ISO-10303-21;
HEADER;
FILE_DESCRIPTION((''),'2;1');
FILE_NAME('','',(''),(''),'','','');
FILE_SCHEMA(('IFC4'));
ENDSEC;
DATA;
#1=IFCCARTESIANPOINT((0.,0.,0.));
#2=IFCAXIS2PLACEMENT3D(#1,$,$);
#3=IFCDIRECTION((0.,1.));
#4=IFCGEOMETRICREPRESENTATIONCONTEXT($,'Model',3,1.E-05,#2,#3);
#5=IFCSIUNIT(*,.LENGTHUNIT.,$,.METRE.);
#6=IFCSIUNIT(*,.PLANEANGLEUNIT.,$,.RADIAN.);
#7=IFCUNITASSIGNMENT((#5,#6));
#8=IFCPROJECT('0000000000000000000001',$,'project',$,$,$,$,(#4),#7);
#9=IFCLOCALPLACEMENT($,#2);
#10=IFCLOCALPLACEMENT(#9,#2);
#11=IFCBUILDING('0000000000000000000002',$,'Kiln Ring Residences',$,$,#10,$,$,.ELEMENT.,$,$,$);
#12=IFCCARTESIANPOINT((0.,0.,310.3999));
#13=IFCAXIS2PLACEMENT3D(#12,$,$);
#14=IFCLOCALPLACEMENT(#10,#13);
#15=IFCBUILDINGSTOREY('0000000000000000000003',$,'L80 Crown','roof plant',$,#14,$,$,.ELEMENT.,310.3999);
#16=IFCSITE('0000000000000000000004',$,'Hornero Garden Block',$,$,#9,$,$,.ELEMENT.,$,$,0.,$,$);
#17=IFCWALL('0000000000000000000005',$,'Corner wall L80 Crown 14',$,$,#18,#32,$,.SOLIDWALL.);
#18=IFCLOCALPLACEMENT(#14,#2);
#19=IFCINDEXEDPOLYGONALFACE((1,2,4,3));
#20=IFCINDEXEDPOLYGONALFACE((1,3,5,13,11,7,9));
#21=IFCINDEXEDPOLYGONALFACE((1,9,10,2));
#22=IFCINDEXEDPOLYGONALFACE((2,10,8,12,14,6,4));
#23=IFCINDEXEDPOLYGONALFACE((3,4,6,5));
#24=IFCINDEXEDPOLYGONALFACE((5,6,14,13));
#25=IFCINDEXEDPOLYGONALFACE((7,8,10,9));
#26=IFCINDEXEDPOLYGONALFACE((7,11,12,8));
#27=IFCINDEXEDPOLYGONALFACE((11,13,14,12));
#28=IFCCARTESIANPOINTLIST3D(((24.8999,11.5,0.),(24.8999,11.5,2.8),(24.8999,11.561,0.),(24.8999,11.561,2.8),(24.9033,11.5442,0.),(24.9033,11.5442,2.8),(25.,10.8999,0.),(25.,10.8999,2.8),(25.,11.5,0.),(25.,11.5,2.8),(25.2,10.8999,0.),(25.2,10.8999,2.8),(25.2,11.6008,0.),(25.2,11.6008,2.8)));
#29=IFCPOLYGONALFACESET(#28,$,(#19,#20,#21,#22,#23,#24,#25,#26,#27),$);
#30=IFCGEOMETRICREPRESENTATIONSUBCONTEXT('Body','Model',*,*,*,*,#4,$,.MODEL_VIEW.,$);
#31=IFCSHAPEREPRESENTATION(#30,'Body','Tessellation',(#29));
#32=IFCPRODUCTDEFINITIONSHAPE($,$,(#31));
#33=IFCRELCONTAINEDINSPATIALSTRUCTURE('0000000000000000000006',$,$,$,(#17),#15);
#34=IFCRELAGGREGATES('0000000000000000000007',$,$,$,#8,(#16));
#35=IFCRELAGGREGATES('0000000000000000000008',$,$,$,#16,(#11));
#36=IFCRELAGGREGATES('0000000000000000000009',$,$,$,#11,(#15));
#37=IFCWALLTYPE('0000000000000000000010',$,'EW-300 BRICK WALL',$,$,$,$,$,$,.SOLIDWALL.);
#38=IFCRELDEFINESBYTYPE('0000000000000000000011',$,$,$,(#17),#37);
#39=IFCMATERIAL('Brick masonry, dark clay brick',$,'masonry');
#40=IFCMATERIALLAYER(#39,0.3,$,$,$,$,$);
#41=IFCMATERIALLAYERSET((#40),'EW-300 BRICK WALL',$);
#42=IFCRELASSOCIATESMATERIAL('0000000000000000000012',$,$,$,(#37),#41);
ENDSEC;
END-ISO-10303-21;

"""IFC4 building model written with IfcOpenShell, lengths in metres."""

from ifc_helpers import new_model, si_unit, direction, frame, origin, place, context, subcontext, project, spatial, polyline, outline, extrude, material, layer, layer_set, type_object, element, save


model = new_model("IFC4")

# Units and contexts
model_context = context("Model", 3, precision=1e-05, world=origin(), true_north=direction((0.0, 1.0)))
body_context = subcontext(model_context, "Body", "Model", "MODEL_VIEW")
ifc_project = project(units=[si_unit("LENGTHUNIT", "METRE"), si_unit("PLANEANGLEUNIT", "RADIAN")], contexts=[model_context])

# Site, building, storey
site_placement = place(None, origin())
site = spatial("IfcSite", under=ifc_project, at=site_placement, Name="Hornero Garden Block", CompositionType="ELEMENT", RefElevation=0.0)
building_placement = place(site_placement, origin())
building = spatial("IfcBuilding", under=site, at=building_placement, Name="Kiln Ring Residences", CompositionType="ELEMENT")
storey_placement = place(building_placement, frame((0.0, 0.0, 310.3999)))
storey = spatial("IfcBuildingStorey", under=building, at=storey_placement, Name="L80 Crown", Description="roof plant", CompositionType="ELEMENT", Elevation=310.3999)

# Wall
ifc_material_1 = material(Name="Brick masonry, dark clay brick", Category="masonry")
ifc_layer_1 = layer(ifc_material_1, 0.3)
ifc_layer_set_1 = layer_set([ifc_layer_1], Name="EW-300 BRICK WALL")
wall_type_1 = type_object("IfcWallType", Name="EW-300 BRICK WALL", PredefinedType="SOLIDWALL", material=ifc_layer_set_1)
placement = place(storey_placement, origin())
element("IfcWall", 1, at=placement, inside=storey, type_object=wall_type_1, Name="Corner wall L80 Crown 14", PredefinedType="SOLIDWALL", context=body_context, shape_type="SweptSolid", body=[
    extrude(outline(polyline([(25.2, 10.8999), (25.2, 11.6008), (24.9033, 11.5442), (24.8999, 11.561), (24.8999, 11.5), (25.0, 11.5), (25.0, 10.8999), (25.2, 10.8999)])), origin(), (0.0, 0.0, 1.0), 2.8),
])

save(model, "model.ifc")
